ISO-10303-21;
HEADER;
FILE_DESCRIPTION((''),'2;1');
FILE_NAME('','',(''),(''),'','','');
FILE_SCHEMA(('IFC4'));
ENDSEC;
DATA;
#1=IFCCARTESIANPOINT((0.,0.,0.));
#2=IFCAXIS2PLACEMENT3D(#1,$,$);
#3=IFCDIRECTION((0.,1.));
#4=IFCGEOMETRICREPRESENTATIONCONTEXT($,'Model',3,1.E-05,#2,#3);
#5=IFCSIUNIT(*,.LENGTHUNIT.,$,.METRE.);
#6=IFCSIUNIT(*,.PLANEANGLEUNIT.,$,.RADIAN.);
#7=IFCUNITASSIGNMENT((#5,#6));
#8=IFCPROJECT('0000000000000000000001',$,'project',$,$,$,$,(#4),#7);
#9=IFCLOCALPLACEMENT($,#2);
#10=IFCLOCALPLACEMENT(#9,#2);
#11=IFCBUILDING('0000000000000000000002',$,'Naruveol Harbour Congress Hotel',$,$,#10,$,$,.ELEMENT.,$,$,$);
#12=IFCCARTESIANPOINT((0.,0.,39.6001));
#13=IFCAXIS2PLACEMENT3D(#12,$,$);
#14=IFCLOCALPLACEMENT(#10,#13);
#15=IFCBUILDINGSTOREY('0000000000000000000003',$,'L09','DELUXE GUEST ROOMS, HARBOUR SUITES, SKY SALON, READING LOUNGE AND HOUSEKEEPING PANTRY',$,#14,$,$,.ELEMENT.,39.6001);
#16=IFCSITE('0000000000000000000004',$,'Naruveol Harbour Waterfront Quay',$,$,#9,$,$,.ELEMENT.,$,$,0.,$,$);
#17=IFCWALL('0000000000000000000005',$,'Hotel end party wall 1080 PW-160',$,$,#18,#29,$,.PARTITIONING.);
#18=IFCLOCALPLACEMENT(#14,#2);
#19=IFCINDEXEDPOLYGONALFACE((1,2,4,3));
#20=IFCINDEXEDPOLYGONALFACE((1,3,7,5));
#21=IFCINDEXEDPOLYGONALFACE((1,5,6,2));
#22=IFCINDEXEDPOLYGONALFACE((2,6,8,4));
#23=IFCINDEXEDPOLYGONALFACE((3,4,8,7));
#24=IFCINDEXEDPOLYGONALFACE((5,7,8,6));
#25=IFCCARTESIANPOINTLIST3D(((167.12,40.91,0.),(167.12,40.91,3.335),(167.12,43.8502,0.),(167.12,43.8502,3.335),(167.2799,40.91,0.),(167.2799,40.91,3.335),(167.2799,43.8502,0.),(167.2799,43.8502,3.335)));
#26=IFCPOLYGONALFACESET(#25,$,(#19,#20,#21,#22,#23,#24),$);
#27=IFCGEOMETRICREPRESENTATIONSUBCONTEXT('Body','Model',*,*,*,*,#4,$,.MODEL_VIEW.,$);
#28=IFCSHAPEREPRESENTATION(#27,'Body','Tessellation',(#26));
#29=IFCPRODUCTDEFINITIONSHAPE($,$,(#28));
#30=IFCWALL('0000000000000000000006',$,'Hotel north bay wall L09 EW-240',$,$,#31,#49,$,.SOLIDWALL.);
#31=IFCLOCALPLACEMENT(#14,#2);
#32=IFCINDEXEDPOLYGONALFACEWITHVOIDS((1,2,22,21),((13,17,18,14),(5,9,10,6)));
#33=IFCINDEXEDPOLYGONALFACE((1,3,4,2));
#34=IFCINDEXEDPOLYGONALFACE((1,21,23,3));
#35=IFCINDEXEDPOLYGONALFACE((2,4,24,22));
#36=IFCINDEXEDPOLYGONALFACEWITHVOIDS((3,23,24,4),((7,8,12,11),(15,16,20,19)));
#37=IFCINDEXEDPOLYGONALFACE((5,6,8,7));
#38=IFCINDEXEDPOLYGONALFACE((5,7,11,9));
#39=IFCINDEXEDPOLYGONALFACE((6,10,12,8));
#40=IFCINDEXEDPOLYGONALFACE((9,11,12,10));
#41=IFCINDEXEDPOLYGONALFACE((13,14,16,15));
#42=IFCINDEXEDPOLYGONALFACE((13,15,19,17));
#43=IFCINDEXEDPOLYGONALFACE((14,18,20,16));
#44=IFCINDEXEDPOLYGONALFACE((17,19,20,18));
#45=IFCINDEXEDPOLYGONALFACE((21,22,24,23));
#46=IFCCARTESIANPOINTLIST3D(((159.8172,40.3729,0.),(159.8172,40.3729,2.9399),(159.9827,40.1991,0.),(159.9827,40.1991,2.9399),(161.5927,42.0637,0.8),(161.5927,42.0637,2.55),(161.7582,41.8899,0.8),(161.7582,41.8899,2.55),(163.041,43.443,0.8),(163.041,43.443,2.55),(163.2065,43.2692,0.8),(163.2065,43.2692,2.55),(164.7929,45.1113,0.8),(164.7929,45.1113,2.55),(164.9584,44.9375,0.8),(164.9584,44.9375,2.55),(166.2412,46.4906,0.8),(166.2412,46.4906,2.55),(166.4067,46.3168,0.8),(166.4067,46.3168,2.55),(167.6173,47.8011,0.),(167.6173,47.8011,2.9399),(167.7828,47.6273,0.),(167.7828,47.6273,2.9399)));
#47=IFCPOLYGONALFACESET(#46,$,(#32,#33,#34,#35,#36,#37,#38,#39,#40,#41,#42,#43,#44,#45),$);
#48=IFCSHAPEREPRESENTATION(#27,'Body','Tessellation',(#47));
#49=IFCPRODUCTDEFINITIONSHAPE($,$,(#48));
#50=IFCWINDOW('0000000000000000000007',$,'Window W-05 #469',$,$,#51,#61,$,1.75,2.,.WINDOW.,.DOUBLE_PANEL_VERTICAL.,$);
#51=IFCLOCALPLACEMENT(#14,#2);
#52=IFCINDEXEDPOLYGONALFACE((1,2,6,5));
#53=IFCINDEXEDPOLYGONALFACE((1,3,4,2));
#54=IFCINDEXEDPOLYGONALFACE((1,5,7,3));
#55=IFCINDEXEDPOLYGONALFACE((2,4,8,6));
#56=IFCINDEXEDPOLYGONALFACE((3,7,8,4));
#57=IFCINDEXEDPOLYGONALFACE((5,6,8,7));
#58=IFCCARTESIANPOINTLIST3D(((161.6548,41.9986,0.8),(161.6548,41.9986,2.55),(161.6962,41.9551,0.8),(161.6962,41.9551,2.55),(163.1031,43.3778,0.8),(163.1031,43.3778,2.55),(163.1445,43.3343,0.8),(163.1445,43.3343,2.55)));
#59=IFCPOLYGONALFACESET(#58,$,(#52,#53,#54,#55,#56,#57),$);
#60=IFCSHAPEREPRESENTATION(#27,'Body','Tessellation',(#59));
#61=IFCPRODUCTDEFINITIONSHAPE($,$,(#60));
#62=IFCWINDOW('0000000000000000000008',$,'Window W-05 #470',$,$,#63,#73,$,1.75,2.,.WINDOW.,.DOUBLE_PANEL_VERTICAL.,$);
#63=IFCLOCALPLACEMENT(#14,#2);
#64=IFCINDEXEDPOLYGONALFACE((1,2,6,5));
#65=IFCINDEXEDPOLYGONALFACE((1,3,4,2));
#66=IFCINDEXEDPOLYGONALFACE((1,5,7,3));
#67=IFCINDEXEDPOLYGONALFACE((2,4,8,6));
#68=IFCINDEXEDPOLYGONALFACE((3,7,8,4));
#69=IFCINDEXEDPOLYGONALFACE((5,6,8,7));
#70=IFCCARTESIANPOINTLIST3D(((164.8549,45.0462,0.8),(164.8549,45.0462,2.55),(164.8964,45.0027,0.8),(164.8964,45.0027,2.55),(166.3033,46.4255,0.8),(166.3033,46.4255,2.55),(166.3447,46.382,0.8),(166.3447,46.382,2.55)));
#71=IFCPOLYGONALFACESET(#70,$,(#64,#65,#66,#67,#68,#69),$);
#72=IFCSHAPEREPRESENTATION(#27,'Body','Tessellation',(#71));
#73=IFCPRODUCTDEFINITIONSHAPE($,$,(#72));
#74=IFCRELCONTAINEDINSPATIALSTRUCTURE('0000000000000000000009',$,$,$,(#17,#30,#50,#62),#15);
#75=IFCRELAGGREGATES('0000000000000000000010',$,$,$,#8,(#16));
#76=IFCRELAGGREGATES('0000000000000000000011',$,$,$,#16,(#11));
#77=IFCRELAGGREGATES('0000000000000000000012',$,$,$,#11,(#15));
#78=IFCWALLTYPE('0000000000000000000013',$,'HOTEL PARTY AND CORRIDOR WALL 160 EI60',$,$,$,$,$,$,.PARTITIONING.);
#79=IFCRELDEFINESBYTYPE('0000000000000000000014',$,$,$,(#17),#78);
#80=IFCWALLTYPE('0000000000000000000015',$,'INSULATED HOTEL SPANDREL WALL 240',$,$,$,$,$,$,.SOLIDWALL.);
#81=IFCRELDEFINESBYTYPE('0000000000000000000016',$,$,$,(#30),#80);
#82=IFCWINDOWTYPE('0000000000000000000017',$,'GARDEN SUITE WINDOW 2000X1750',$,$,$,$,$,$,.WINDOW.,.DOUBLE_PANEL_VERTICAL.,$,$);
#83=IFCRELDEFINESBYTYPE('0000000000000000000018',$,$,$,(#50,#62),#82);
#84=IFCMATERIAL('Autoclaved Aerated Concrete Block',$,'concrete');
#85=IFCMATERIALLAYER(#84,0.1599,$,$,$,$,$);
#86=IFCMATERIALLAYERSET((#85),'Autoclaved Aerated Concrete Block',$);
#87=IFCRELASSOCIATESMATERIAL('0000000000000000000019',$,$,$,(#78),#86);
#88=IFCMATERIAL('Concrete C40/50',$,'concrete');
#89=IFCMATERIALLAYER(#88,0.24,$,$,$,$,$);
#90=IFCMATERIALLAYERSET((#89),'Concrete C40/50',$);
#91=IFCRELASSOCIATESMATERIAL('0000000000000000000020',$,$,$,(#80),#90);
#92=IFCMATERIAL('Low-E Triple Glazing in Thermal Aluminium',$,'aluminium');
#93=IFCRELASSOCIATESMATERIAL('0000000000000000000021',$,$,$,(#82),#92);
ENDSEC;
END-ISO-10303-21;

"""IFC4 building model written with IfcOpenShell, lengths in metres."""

from ifc_helpers import new_model, si_unit, direction, frame, frame_2d, origin, place, context, subcontext, project, spatial, rectangle, extrude, material, layer, layer_set, type_object, element, fill, save


model = new_model("IFC4")

# Units and contexts
model_context = context("Model", 3, precision=1e-05, world=origin(), true_north=direction((0.0, 1.0)))
body_context = subcontext(model_context, "Body", "Model", "MODEL_VIEW")
ifc_project = project(units=[si_unit("LENGTHUNIT", "METRE"), si_unit("PLANEANGLEUNIT", "RADIAN")], contexts=[model_context])

# Site, building, storey
site_placement = place(None, origin())
site = spatial("IfcSite", under=ifc_project, at=site_placement, Name="Naruveol Harbour Waterfront Quay", CompositionType="ELEMENT", RefElevation=0.0)
building_placement = place(site_placement, origin())
building = spatial("IfcBuilding", under=site, at=building_placement, Name="Naruveol Harbour Congress Hotel", CompositionType="ELEMENT")
storey_placement = place(building_placement, frame((0.0, 0.0, 39.6001)))
storey = spatial("IfcBuildingStorey", under=building, at=storey_placement, Name="L09", Description="DELUXE GUEST ROOMS, HARBOUR SUITES, SKY SALON, READING LOUNGE AND HOUSEKEEPING PANTRY", CompositionType="ELEMENT", Elevation=39.6001)

# Shared definitions
ifc_material_1 = material(Name="Autoclaved Aerated Concrete Block", Category="concrete")
ifc_layer_1 = layer(ifc_material_1, 0.1599)
ifc_layer_set_1 = layer_set([ifc_layer_1], Name="Autoclaved Aerated Concrete Block")
wall_type_1 = type_object("IfcWallType", Name="HOTEL PARTY AND CORRIDOR WALL 160 EI60", PredefinedType="PARTITIONING", material=ifc_layer_set_1)

# Wall
for number, where, z_axis, x_axis, name in (
    (1, (167.2, 40.9099, 0.0), (0.0, 0.0, 1.0), (0.0, 1.0, 0.0), "Hotel end party wall 1080 PW-160"),
):
    element("IfcWall", number, at=place(storey_placement, frame(where, z_axis=z_axis, x_axis=x_axis)), inside=storey, type_object=wall_type_1, Name=name, PredefinedType="PARTITIONING", context=body_context, shape_type="SweptSolid", body=[
        extrude(rectangle(XDim=2.9402, YDim=0.1599, at=frame_2d((1.4702, 0.0))), origin(), (0.0, 0.0, 1.0), 3.335),
    ])

# Wall, openings, windows
ifc_material_2 = material(Name="Concrete C40/50", Category="concrete")
ifc_layer_2 = layer(ifc_material_2, 0.24)
ifc_layer_set_2 = layer_set([ifc_layer_2], Name="Concrete C40/50")
wall_type_2 = type_object("IfcWallType", Name="INSULATED HOTEL SPANDREL WALL 240", PredefinedType="SOLIDWALL", material=ifc_layer_set_2)
wall_1_placement = place(storey_placement, frame((159.8999, 40.2859, 0.0), z_axis=(0.0, 0.0, 1.0), x_axis=(0.724156, 0.689636, 0.0)))
wall_1 = element("IfcWall", 2, at=wall_1_placement, inside=storey, type_object=wall_type_2, Name="Hotel north bay wall L09 EW-240", PredefinedType="SOLIDWALL", context=body_context, shape_type="SweptSolid", body=[
    extrude(rectangle(XDim=10.7712, YDim=0.24, at=frame_2d((5.3857, 0.0))), origin(), (0.0, 0.0, 1.0), 2.9399),
])
opening_1_placement = place(wall_1_placement, frame((2.4519, 0.0, 0.8)))
opening_1 = element("IfcOpeningElement", 3, at=opening_1_placement, cuts=wall_1, PredefinedType="OPENING", context=body_context, shape_type="SweptSolid", body=[
    extrude(rectangle(XDim=2.0, YDim=1.75, at=frame_2d((1.0, 0.875))), frame((0.0, 0.1299, 0.0), z_axis=(0.0, -1.0, 0.0), x_axis=(1.0, 0.0, 0.0)), (0.0, 0.0, 1.0), 0.26),
])
opening_2_placement = place(wall_1_placement, frame((6.8711, 0.0, 0.8)))
opening_2 = element("IfcOpeningElement", 4, at=opening_2_placement, cuts=wall_1, PredefinedType="OPENING", context=body_context, shape_type="SweptSolid", body=[
    extrude(rectangle(XDim=2.0, YDim=1.75, at=frame_2d((1.0, 0.875))), frame((0.0, 0.1299, 0.0), z_axis=(0.0, -1.0, 0.0), x_axis=(1.0, 0.0, 0.0)), (0.0, 0.0, 1.0), 0.26),
])
ifc_material_3 = material(Name="Low-E Triple Glazing in Thermal Aluminium", Category="aluminium")
window_type_1 = type_object("IfcWindowType", Name="GARDEN SUITE WINDOW 2000X1750", PartitioningType="DOUBLE_PANEL_VERTICAL", PredefinedType="WINDOW", material=ifc_material_3)
window_1_placement = place(opening_1_placement, origin())
window_1 = element("IfcWindow", 5, at=window_1_placement, inside=storey, type_object=window_type_1, Name="Window W-05 #469", OverallHeight=1.75, OverallWidth=2.0, PartitioningType="DOUBLE_PANEL_VERTICAL", PredefinedType="WINDOW", context=body_context, shape_type="SweptSolid", body=[
    extrude(rectangle(XDim=2.0, YDim=1.75, at=frame_2d((1.0, 0.875))), frame((0.0, 0.03, 0.0), z_axis=(0.0, -1.0, 0.0), x_axis=(1.0, 0.0, 0.0)), (0.0, 0.0, 1.0), 0.0601),
])
fill(opening_1, window_1)
window_2_placement = place(opening_2_placement, origin())
window_2 = element("IfcWindow", 6, at=window_2_placement, inside=storey, type_object=window_type_1, Name="Window W-05 #470", OverallHeight=1.75, OverallWidth=2.0, PartitioningType="DOUBLE_PANEL_VERTICAL", PredefinedType="WINDOW", context=body_context, shape_type="SweptSolid", body=[
    extrude(rectangle(XDim=2.0, YDim=1.75, at=frame_2d((1.0, 0.875))), frame((0.0, 0.03, 0.0), z_axis=(0.0, -1.0, 0.0), x_axis=(1.0, 0.0, 0.0)), (0.0, 0.0, 1.0), 0.0601),
])
fill(opening_2, window_2)

save(model, "model.ifc")
